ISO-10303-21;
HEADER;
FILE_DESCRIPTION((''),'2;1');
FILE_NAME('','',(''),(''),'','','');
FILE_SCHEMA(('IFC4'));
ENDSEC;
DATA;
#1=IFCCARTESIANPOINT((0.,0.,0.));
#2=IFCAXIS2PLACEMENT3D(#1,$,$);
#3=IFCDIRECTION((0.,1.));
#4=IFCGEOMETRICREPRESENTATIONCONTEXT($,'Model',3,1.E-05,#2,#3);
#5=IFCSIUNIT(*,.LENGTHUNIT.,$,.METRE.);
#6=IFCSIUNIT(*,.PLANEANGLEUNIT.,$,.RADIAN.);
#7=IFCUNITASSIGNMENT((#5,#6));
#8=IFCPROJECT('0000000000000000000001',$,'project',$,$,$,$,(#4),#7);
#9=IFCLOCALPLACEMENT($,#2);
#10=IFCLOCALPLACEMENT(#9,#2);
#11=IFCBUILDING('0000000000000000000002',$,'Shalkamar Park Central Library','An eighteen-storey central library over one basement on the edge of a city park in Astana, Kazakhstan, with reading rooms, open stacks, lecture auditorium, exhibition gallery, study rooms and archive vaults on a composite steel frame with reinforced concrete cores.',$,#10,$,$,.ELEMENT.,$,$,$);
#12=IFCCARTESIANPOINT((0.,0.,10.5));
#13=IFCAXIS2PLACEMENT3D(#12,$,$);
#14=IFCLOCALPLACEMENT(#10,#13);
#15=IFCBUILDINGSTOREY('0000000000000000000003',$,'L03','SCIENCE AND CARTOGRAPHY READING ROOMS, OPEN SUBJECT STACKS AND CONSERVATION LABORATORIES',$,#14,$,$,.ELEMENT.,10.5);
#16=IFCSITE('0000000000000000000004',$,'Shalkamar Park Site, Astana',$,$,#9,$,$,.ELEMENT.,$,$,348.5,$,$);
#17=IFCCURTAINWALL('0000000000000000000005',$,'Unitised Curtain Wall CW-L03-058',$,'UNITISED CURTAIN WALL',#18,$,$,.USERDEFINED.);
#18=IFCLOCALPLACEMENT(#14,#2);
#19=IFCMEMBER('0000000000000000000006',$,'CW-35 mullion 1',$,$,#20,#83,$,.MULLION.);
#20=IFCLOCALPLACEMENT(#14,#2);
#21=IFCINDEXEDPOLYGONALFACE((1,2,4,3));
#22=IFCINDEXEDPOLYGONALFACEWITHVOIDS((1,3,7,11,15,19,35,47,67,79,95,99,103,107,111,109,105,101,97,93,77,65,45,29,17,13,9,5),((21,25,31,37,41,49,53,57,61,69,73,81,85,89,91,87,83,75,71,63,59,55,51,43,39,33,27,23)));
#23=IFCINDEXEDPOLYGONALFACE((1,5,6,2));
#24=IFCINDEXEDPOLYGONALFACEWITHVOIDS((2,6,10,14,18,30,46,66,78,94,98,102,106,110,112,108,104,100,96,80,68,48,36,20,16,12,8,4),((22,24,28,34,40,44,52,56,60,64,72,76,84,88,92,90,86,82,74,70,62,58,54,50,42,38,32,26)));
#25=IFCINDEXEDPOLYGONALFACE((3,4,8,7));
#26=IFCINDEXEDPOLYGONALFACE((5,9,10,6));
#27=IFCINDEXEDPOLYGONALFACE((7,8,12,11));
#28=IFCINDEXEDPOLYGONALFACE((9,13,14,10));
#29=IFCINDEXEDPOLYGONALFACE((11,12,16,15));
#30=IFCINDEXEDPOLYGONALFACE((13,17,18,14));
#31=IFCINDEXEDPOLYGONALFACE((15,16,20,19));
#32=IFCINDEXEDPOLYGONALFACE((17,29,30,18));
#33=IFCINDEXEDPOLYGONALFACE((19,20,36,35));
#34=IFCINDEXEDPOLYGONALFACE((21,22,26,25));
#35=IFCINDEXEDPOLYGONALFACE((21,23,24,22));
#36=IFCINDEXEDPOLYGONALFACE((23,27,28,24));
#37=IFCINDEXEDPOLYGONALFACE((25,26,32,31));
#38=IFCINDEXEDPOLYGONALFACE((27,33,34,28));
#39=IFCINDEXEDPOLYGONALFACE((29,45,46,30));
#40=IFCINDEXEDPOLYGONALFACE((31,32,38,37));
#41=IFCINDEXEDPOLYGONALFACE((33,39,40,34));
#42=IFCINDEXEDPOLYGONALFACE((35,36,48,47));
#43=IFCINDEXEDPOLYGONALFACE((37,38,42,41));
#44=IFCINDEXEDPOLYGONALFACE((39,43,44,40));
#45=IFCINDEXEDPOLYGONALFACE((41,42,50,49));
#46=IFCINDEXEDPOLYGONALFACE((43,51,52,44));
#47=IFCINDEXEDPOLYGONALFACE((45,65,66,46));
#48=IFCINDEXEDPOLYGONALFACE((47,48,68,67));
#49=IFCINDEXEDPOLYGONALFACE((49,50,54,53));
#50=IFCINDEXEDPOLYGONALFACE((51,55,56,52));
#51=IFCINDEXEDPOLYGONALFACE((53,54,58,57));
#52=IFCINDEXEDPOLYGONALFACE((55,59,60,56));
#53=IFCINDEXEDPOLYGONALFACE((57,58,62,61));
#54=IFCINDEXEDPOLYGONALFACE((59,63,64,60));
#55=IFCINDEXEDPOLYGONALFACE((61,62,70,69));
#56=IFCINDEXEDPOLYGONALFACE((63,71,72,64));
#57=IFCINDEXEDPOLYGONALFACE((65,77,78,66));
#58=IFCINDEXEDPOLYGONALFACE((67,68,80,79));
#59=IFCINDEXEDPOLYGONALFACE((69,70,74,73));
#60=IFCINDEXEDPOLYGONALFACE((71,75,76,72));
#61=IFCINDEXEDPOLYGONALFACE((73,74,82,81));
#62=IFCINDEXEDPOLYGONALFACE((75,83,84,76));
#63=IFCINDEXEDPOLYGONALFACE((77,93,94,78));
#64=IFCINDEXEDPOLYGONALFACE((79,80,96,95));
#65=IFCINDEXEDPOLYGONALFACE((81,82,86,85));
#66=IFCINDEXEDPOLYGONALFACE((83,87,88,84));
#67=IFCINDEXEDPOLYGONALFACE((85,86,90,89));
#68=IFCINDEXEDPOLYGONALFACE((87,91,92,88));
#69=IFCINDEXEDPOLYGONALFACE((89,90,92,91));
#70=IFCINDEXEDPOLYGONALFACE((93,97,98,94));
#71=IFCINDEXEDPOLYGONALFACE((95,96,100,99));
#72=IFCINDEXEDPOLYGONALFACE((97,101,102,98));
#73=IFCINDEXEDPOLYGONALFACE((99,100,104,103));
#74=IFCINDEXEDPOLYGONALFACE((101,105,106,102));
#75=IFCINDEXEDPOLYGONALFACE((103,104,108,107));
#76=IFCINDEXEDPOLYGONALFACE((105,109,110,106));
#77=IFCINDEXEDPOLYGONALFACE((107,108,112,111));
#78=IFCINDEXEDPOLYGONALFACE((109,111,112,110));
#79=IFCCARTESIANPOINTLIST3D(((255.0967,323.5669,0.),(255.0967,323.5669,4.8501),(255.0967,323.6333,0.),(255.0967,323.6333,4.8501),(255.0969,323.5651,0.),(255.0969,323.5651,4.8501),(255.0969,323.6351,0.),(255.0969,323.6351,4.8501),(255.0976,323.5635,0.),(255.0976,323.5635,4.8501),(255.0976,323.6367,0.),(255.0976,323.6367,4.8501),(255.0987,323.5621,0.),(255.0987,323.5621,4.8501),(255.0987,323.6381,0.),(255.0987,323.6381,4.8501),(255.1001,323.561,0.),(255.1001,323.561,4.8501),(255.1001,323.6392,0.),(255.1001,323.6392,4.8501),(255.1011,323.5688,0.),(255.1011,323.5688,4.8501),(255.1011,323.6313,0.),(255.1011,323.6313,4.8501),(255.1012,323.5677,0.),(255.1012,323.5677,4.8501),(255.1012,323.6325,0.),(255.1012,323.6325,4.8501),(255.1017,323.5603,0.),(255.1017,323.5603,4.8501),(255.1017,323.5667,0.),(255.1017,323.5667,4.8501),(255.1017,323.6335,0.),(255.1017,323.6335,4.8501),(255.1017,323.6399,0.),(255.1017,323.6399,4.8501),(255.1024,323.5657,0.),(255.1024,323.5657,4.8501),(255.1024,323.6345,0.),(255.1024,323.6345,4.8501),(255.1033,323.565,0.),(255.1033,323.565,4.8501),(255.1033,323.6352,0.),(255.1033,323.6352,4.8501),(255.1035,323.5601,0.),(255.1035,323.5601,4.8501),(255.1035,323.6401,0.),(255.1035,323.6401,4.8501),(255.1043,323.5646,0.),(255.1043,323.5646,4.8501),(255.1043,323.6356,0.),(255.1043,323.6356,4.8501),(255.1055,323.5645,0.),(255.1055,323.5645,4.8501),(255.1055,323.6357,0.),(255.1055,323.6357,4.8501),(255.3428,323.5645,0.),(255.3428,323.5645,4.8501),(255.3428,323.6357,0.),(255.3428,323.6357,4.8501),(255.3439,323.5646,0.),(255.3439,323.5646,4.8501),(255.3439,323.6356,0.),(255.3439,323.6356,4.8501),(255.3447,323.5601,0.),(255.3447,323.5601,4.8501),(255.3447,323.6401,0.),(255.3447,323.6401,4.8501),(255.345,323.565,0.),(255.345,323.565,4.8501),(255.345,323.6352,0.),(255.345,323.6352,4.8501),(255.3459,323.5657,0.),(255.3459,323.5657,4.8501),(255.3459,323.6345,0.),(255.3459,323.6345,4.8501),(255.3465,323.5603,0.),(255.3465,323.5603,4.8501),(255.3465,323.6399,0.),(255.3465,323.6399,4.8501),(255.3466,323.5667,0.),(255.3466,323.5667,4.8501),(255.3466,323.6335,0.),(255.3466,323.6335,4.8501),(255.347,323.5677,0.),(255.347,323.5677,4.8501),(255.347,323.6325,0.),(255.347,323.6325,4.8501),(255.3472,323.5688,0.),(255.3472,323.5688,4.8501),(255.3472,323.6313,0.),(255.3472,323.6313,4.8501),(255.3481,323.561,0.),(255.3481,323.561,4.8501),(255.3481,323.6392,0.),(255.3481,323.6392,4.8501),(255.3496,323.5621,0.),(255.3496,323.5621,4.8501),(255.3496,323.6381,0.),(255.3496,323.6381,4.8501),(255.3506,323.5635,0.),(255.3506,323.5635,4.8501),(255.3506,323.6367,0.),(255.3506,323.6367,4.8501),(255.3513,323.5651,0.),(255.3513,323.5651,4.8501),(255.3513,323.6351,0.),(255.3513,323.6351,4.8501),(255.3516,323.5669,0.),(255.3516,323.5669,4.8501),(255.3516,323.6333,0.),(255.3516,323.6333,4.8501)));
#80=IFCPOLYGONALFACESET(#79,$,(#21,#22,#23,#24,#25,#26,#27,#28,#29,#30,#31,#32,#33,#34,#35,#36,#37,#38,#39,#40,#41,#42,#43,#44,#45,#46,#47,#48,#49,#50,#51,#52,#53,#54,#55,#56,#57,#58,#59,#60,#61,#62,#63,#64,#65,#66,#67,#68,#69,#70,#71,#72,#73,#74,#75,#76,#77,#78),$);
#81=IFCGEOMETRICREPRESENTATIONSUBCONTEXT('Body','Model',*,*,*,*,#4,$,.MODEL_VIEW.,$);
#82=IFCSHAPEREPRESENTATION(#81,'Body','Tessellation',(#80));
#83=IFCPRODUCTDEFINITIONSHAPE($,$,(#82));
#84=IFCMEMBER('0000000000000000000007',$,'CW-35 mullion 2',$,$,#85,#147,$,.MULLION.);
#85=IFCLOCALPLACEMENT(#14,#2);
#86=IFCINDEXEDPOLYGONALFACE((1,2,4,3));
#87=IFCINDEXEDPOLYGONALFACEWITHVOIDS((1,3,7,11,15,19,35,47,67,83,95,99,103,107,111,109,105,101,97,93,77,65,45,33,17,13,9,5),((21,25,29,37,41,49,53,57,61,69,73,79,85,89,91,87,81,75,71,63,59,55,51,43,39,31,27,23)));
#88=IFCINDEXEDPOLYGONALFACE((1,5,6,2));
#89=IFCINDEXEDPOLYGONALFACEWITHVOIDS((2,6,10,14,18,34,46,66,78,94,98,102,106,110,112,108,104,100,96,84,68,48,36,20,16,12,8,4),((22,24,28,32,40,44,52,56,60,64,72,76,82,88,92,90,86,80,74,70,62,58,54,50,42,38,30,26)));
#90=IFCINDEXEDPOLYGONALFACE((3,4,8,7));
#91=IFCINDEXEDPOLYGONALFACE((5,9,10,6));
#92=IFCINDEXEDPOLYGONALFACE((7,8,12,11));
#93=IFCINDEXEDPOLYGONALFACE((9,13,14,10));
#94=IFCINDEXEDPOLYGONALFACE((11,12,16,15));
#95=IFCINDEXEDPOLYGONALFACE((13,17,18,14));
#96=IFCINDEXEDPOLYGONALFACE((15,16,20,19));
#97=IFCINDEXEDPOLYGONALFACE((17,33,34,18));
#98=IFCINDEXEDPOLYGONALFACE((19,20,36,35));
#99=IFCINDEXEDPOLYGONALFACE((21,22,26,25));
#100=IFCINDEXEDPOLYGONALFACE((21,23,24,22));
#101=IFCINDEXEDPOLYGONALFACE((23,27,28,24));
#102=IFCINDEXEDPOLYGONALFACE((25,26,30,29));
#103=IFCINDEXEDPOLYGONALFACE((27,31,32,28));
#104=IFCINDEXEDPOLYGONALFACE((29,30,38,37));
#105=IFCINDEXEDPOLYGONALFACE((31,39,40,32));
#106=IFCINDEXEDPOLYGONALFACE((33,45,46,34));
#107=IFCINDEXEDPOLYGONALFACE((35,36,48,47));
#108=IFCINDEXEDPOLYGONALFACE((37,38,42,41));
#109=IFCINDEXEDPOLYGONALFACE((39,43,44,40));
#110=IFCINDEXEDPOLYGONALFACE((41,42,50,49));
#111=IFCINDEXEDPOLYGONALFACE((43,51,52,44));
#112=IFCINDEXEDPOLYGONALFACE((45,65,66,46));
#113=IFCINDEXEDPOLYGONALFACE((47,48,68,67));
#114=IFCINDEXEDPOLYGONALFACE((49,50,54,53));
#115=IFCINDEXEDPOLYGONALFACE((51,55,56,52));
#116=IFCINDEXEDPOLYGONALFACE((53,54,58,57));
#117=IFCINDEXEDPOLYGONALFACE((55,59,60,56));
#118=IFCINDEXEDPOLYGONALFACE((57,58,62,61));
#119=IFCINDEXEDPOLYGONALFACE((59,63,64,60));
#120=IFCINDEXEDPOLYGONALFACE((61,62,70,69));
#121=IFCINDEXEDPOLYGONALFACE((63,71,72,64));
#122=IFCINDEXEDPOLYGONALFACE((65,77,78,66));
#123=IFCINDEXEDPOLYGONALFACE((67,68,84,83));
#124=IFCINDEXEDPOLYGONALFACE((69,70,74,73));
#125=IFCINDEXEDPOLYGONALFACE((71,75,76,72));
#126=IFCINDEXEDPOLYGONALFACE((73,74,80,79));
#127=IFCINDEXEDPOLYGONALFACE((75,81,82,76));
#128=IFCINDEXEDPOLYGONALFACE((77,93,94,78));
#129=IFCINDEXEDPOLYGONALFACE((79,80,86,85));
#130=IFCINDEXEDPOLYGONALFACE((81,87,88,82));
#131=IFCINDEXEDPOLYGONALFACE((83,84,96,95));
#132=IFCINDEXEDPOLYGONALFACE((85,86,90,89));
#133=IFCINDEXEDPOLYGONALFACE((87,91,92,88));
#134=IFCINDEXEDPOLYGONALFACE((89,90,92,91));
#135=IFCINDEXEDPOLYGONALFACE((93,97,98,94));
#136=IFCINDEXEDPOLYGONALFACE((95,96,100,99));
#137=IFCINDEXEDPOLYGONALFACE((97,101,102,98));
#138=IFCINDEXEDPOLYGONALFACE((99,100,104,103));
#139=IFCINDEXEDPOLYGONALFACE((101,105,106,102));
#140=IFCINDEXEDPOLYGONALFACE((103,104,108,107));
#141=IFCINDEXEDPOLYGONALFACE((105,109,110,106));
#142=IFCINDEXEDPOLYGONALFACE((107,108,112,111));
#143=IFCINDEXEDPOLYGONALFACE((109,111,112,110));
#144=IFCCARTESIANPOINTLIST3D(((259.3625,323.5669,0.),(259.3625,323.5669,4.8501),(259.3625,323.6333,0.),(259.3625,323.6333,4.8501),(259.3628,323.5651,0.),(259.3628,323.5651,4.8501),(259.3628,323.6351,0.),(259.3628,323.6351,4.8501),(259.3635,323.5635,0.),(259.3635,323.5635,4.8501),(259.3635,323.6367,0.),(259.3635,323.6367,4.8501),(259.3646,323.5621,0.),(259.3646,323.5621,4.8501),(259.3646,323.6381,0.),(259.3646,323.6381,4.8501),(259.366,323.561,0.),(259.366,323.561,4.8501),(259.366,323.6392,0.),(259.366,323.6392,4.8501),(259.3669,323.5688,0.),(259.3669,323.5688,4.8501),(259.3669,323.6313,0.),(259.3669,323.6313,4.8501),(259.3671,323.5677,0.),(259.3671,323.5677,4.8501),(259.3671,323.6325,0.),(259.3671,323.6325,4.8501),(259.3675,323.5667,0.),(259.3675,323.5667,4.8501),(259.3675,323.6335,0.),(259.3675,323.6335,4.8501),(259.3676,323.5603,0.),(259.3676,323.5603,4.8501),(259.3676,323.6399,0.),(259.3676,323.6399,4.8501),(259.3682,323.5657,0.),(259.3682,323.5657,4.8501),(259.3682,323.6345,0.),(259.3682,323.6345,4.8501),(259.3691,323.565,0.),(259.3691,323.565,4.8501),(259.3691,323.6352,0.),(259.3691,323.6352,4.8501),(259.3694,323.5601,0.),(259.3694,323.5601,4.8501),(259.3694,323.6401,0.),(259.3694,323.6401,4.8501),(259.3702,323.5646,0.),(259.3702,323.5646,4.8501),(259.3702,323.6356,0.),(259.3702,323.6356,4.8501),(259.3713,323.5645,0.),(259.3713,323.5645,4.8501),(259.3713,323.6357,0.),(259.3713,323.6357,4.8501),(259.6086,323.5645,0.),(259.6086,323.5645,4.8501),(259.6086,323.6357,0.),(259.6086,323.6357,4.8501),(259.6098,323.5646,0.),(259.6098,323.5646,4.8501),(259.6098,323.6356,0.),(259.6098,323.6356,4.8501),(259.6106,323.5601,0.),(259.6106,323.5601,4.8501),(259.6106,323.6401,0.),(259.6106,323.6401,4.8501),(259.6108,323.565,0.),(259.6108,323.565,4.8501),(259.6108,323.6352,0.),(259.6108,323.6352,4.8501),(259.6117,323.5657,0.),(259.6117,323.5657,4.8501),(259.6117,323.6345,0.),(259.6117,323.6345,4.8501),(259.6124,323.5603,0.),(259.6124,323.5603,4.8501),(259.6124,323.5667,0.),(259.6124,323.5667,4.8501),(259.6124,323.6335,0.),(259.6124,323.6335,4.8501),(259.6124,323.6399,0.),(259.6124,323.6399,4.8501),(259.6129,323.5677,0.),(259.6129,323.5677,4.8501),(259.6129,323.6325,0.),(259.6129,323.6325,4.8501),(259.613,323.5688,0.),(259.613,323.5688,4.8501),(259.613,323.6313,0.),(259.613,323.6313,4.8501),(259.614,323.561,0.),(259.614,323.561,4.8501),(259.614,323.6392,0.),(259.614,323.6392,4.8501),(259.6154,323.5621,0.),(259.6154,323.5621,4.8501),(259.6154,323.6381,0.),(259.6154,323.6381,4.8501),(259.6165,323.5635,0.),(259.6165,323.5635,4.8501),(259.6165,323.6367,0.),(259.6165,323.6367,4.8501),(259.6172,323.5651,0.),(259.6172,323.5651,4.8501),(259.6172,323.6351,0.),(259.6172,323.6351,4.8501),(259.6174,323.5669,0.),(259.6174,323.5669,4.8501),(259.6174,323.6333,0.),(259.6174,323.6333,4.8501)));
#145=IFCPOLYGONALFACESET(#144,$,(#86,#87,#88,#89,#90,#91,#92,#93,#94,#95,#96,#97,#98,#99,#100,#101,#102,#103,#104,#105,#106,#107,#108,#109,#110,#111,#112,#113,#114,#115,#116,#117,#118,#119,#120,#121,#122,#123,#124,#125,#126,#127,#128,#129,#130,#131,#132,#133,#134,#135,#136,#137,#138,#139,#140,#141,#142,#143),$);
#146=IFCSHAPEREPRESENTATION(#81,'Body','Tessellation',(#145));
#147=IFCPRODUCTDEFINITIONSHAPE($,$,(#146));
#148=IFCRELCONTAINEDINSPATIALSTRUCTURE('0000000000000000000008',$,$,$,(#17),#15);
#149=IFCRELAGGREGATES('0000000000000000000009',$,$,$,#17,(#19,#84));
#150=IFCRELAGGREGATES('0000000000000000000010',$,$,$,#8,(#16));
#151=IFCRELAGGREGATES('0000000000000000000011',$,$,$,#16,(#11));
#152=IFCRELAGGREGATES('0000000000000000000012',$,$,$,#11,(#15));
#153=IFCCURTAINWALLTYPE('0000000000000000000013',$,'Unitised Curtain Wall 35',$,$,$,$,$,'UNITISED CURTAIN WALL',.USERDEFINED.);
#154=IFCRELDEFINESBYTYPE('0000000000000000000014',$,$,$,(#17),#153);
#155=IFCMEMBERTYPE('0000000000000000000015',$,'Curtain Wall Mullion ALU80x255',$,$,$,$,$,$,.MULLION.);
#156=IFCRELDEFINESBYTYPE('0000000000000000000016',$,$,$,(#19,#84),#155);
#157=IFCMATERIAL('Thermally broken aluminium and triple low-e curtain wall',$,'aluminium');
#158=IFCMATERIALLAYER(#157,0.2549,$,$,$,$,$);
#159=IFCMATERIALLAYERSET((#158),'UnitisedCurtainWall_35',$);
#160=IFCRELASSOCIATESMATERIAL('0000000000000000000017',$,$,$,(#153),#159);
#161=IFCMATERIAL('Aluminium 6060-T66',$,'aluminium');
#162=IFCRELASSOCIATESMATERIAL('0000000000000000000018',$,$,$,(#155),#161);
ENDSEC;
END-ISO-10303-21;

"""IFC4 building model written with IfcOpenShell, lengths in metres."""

from ifc_helpers import new_model, si_unit, direction, frame, origin, origin_2d, place, context, subcontext, project, spatial, hollow_rectangle, extrude, material, layer, layer_set, material_profile, profile_set, type_object, element, aggregate, save


model = new_model("IFC4")

# Units and contexts
model_context = context("Model", 3, precision=1e-05, world=origin(), true_north=direction((0.0, 1.0)))
body_context = subcontext(model_context, "Body", "Model", "MODEL_VIEW")
ifc_project = project(units=[si_unit("LENGTHUNIT", "METRE"), si_unit("PLANEANGLEUNIT", "RADIAN")], contexts=[model_context])

# Site, building, storey
site_placement = place(None, origin())
site = spatial("IfcSite", under=ifc_project, at=site_placement, Name="Shalkamar Park Site, Astana", CompositionType="ELEMENT", RefElevation=348.5)
building_placement = place(site_placement, origin())
building = spatial("IfcBuilding", under=site, at=building_placement, Name="Shalkamar Park Central Library", Description="An eighteen-storey central library over one basement on the edge of a city park in Astana, Kazakhstan, with reading rooms, open stacks, lecture auditorium, exhibition gallery, study rooms and archive vaults on a composite steel frame with reinforced concrete cores.", CompositionType="ELEMENT")
storey_placement = place(building_placement, frame((0.0, 0.0, 10.5)))
storey = spatial("IfcBuildingStorey", under=building, at=storey_placement, Name="L03", Description="SCIENCE AND CARTOGRAPHY READING ROOMS, OPEN SUBJECT STACKS AND CONSERVATION LABORATORIES", CompositionType="ELEMENT", Elevation=10.5)

# Shared definitions
ifc_material_1 = material(Name="Thermally broken aluminium and triple low-e curtain wall", Category="aluminium")
ifc_material_2 = material(Name="Aluminium 6060-T66", Category="aluminium")

# Curtain wall, members
ifc_layer_1 = layer(ifc_material_1, 0.2549)
ifc_layer_set_1 = layer_set([ifc_layer_1], Name="UnitisedCurtainWall_35")
curtain_wall_type_1 = type_object("IfcCurtainWallType", Name="Unitised Curtain Wall 35", ElementType="UNITISED CURTAIN WALL", PredefinedType="USERDEFINED", material=ifc_layer_set_1)
curtain_wall_1_placement = place(storey_placement, origin())
curtain_wall_1 = element("IfcCurtainWall", 1, at=curtain_wall_1_placement, inside=storey, type_object=curtain_wall_type_1, Name="Unitised Curtain Wall CW-L03-058", ObjectType="UNITISED CURTAIN WALL", PredefinedType="USERDEFINED")
ifc_material_profile_1 = material_profile(ifc_material_2, hollow_rectangle(XDim=0.0801, YDim=0.2549, WallThickness=0.0044, InnerFilletRadius=0.0044, OuterFilletRadius=0.0068, at=origin_2d()), Name="ALU 80x255x4.5")
ifc_profile_set_1 = profile_set([ifc_material_profile_1], Name="Aluminium 6060-T66")
member_type_1 = type_object("IfcMemberType", Name="Curtain Wall Mullion ALU80x255", PredefinedType="MULLION", material=ifc_profile_set_1)
member_1_placement = place(storey_placement, frame((255.2241, 323.6001, 0.0), z_axis=(0.0, 0.0, 1.0), x_axis=(0.0, 1.0, 0.0)))
member_1 = element("IfcMember", 2, at=member_1_placement, type_object=member_type_1, Name="CW-35 mullion 1", PredefinedType="MULLION", context=body_context, shape_type="SweptSolid", body=[
    extrude(hollow_rectangle(XDim=0.0801, YDim=0.2549, WallThickness=0.0044, InnerFilletRadius=0.0044, OuterFilletRadius=0.0068, at=origin_2d()), origin(), (0.0, 0.0, 1.0), 4.8501),
])
member_2_placement = place(storey_placement, frame((259.49, 323.6001, 0.0), z_axis=(0.0, 0.0, 1.0), x_axis=(0.0, 1.0, 0.0)))
member_2 = element("IfcMember", 3, at=member_2_placement, type_object=member_type_1, Name="CW-35 mullion 2", PredefinedType="MULLION", context=body_context, shape_type="SweptSolid", body=[
    extrude(hollow_rectangle(XDim=0.0801, YDim=0.2549, WallThickness=0.0044, InnerFilletRadius=0.0044, OuterFilletRadius=0.0068, at=origin_2d()), origin(), (0.0, 0.0, 1.0), 4.8501),
])

aggregate(curtain_wall_1, [member_1, member_2])

save(model, "model.ifc")
